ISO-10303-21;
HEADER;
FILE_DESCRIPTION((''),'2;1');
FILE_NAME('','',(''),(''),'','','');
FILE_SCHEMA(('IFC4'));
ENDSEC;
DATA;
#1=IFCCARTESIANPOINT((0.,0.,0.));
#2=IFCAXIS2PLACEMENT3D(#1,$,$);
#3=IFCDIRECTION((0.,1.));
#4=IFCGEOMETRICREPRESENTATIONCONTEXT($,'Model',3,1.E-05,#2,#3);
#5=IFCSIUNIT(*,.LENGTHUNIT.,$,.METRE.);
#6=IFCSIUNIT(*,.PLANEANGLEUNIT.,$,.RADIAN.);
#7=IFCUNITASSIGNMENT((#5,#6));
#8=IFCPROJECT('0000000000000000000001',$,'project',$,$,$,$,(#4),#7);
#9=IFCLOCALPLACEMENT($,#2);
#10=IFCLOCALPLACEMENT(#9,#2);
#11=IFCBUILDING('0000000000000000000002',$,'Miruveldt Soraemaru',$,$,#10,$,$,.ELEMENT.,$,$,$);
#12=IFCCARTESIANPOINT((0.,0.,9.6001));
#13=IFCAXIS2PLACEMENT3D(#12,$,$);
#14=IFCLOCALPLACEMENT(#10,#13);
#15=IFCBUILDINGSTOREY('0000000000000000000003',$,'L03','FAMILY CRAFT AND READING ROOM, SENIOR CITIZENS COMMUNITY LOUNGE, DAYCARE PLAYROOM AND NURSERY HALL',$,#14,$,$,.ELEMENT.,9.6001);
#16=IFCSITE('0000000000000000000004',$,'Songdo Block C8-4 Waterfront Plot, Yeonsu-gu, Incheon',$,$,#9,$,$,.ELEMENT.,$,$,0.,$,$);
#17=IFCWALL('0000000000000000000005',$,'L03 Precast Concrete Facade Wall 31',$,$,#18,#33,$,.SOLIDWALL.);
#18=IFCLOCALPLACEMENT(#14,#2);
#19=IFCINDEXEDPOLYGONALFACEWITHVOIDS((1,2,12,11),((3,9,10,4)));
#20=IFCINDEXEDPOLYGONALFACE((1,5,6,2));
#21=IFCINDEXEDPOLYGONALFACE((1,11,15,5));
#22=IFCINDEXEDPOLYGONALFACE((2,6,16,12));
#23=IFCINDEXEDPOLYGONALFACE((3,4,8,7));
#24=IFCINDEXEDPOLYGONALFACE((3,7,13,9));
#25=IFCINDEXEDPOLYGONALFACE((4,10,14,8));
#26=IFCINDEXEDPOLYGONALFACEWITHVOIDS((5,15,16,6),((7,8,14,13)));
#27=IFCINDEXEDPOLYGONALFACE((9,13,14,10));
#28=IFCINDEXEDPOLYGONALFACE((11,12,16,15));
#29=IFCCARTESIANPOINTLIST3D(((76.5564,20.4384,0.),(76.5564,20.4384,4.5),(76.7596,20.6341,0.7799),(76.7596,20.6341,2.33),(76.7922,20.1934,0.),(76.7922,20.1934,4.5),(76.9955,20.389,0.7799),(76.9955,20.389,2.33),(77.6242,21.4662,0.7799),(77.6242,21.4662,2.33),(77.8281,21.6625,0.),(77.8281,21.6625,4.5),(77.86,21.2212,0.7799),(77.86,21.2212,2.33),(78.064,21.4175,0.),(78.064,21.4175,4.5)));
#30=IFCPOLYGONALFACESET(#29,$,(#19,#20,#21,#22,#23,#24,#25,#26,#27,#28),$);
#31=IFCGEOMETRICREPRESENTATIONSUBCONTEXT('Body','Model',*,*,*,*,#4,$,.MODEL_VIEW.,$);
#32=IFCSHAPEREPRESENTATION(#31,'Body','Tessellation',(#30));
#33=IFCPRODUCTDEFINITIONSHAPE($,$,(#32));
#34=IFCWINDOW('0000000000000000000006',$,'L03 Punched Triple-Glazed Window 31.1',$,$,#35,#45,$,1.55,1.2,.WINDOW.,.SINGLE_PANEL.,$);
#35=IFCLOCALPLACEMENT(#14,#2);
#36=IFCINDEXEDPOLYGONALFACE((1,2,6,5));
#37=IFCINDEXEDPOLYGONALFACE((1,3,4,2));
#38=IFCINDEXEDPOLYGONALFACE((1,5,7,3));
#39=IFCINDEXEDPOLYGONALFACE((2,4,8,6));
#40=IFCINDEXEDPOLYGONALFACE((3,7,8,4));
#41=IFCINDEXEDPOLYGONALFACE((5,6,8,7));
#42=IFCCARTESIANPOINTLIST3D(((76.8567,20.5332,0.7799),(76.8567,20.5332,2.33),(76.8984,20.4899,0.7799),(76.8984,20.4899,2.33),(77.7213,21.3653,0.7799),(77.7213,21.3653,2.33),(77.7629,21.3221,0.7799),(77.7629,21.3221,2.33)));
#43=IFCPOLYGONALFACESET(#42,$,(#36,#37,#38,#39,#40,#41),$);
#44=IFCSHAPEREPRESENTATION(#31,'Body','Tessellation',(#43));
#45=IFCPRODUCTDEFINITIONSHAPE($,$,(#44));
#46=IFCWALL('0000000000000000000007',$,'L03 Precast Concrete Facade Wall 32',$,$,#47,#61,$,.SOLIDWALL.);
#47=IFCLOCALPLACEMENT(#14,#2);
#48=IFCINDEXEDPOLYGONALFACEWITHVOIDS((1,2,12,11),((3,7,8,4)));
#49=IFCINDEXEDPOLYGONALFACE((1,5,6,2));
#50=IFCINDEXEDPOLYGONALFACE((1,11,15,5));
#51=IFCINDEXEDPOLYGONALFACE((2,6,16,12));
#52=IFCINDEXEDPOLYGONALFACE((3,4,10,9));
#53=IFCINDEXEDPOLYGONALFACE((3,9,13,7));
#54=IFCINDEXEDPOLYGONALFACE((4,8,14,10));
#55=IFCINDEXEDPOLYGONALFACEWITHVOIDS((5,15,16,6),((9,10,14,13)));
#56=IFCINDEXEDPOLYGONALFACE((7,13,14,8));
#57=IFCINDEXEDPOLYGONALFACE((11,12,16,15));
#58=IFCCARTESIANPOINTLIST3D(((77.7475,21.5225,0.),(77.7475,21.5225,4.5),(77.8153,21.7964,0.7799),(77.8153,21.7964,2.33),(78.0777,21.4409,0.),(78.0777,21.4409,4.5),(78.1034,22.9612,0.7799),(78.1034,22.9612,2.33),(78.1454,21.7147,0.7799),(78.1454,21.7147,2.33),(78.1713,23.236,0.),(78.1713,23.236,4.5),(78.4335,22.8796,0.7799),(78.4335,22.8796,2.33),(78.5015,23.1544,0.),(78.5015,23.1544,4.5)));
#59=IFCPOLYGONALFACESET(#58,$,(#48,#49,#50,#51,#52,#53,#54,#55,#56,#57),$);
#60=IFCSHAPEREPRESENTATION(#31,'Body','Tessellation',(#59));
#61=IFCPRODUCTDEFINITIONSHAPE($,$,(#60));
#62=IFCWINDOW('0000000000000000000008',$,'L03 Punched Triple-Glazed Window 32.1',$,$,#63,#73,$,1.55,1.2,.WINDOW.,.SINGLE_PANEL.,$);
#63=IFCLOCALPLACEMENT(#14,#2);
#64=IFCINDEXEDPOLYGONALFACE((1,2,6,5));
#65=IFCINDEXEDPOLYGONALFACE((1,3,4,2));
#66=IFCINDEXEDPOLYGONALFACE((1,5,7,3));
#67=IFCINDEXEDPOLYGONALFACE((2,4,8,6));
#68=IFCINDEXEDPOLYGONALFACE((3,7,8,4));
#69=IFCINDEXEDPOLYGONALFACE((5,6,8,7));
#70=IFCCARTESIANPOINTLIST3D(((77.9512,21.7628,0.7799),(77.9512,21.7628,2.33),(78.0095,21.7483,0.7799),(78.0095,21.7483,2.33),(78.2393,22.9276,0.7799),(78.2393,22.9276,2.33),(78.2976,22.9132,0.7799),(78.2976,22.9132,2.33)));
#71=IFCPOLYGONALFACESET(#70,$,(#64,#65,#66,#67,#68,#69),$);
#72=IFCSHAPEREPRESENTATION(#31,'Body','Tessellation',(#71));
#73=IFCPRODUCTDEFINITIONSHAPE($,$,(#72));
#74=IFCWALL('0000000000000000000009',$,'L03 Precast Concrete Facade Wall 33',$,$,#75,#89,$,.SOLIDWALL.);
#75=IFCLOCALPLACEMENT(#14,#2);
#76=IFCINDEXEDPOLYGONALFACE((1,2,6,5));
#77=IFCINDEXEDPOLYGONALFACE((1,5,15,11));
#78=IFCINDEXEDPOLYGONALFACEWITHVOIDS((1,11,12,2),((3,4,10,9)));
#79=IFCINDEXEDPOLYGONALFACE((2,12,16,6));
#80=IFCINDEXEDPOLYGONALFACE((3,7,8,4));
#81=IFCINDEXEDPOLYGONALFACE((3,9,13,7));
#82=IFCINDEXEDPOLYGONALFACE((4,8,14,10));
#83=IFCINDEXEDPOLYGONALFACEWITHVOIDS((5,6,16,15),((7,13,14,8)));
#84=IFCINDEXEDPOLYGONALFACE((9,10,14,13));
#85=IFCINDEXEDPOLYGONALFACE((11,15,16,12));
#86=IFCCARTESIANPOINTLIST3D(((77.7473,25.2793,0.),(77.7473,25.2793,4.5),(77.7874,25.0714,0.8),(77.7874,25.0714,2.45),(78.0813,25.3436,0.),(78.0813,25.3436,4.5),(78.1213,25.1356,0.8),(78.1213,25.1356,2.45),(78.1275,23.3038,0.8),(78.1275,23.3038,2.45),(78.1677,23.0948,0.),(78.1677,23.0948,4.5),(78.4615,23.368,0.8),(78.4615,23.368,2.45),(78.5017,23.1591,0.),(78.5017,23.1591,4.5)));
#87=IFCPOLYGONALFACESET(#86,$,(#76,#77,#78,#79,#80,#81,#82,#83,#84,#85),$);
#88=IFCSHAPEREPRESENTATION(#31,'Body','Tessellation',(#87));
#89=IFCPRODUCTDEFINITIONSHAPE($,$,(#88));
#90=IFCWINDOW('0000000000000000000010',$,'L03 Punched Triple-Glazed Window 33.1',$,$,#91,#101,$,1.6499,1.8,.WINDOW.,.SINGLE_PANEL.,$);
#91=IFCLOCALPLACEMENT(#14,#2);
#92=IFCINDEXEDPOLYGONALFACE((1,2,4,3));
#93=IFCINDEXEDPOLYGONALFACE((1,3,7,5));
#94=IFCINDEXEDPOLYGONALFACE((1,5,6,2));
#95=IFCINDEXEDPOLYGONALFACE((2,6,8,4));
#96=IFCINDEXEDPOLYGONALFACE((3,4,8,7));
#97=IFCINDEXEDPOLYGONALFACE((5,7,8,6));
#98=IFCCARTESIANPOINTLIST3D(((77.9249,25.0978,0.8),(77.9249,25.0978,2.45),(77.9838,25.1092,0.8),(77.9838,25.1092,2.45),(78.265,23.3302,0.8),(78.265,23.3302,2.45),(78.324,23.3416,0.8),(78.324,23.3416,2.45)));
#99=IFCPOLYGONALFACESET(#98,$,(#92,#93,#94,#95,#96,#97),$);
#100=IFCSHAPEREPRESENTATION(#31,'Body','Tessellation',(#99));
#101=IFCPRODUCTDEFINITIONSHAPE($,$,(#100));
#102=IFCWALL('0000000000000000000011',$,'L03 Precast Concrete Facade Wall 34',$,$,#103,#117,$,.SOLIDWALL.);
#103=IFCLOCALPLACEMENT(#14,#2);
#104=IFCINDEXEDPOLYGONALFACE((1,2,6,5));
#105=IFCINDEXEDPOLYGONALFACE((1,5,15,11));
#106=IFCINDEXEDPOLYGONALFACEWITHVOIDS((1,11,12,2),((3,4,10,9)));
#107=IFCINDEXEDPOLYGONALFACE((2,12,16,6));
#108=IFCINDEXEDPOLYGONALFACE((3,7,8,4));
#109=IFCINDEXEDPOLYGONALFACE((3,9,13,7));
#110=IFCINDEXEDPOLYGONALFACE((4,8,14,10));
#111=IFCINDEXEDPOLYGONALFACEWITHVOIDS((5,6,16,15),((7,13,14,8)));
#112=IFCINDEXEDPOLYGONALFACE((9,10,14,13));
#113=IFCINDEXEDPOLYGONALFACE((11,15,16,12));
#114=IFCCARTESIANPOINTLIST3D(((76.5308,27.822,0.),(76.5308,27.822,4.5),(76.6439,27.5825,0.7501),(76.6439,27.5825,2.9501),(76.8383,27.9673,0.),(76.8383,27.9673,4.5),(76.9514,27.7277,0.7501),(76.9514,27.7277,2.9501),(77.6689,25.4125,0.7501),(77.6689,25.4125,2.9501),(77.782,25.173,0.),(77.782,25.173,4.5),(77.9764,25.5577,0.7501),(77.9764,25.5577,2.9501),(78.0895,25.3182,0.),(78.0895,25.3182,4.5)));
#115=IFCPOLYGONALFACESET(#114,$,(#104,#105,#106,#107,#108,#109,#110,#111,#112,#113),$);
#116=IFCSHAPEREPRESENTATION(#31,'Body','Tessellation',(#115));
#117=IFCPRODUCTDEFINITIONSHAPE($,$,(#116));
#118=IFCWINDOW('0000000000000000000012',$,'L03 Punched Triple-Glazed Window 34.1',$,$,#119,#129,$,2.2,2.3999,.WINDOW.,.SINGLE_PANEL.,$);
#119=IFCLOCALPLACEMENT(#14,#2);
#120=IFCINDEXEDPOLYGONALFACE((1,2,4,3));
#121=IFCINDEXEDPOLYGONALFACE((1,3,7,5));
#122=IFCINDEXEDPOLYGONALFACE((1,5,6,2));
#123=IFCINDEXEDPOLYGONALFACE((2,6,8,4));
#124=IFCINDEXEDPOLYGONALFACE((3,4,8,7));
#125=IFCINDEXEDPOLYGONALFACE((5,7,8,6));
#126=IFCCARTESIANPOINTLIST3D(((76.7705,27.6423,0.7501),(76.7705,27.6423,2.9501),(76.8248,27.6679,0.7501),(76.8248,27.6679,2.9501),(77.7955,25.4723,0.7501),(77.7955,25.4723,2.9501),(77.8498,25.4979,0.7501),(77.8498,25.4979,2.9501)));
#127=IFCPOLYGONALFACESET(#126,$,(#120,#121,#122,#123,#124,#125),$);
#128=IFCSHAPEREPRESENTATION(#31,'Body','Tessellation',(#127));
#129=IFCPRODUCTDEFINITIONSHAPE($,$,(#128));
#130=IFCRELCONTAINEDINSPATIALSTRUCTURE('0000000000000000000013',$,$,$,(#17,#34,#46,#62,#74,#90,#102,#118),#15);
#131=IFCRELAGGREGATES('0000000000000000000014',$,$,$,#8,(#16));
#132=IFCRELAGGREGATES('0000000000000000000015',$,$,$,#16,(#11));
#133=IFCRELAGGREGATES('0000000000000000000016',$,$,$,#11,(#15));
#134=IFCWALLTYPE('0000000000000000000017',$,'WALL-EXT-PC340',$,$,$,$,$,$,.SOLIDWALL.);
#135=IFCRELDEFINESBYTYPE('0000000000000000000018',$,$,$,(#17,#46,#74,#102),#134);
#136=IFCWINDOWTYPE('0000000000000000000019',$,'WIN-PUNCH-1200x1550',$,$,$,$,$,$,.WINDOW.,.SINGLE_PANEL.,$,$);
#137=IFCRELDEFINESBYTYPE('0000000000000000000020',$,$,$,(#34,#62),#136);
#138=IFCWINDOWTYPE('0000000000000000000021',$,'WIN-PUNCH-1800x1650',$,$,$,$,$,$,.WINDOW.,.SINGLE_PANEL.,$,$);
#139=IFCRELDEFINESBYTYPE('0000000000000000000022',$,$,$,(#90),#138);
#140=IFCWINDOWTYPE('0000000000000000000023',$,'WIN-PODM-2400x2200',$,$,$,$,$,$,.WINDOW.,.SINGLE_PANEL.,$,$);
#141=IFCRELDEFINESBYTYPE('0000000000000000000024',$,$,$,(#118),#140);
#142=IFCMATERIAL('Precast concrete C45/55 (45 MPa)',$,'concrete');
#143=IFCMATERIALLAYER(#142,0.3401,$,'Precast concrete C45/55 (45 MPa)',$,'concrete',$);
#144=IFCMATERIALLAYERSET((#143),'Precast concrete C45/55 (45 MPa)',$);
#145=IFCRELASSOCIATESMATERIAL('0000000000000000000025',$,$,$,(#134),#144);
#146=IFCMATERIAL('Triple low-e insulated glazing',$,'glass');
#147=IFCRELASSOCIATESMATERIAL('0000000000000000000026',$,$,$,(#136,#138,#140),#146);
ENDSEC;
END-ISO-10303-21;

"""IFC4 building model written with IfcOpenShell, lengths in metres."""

from ifc_helpers import new_model, si_unit, direction, frame, frame_2d, origin, place, context, subcontext, project, spatial, rectangle, extrude, material, layer, layer_set, type_object, element, fill, save


model = new_model("IFC4")

# Units and contexts
model_context = context("Model", 3, precision=1e-05, world=origin(), true_north=direction((0.0, 1.0)))
body_context = subcontext(model_context, "Body", "Model", "MODEL_VIEW")
ifc_project = project(units=[si_unit("LENGTHUNIT", "METRE"), si_unit("PLANEANGLEUNIT", "RADIAN")], contexts=[model_context])

# Site, building, storey
site_placement = place(None, origin())
site = spatial("IfcSite", under=ifc_project, at=site_placement, Name="Songdo Block C8-4 Waterfront Plot, Yeonsu-gu, Incheon", CompositionType="ELEMENT", RefElevation=0.0)
building_placement = place(site_placement, origin())
building = spatial("IfcBuilding", under=site, at=building_placement, Name="Miruveldt Soraemaru", CompositionType="ELEMENT")
storey_placement = place(building_placement, frame((0.0, 0.0, 9.6001)))
storey = spatial("IfcBuildingStorey", under=building, at=storey_placement, Name="L03", Description="FAMILY CRAFT AND READING ROOM, SENIOR CITIZENS COMMUNITY LOUNGE, DAYCARE PLAYROOM AND NURSERY HALL", CompositionType="ELEMENT", Elevation=9.6001)

# Walls, openings, windows
ifc_material_1 = material(Name="Precast concrete C45/55 (45 MPa)", Category="concrete")
ifc_layer = layer(ifc_material_1, 0.3401, Name="Precast concrete C45/55 (45 MPa)", Category="concrete")
ifc_layer_set = layer_set([ifc_layer], Name="Precast concrete C45/55 (45 MPa)")
wall_type = type_object("IfcWallType", Name="WALL-EXT-PC340", PredefinedType="SOLIDWALL", material=ifc_layer_set)
wall_1_placement = place(storey_placement, frame((76.6743, 20.3159, 0.0), z_axis=(0.0, 0.0, 1.0), x_axis=(0.720464, 0.693493, 0.0)))
wall_1 = element("IfcWall", 1, at=wall_1_placement, inside=storey, type_object=wall_type, Name="L03 Precast Concrete Facade Wall 31", PredefinedType="SOLIDWALL", context=body_context, shape_type="SweptSolid", body=[
    extrude(rectangle(XDim=1.7651, YDim=0.3401, at=frame_2d((0.8826, 0.0))), origin(), (0.0, 0.0, 1.0), 4.5),
])
opening_1_placement = place(wall_1_placement, frame((0.282, 0.0, 0.78)))
opening_1 = element("IfcOpeningElement", 2, at=opening_1_placement, cuts=wall_1, PredefinedType="OPENING", context=body_context, shape_type="SweptSolid", body=[
    extrude(rectangle(XDim=1.2, YDim=1.55, at=frame_2d((0.6001, 0.7749))), frame((0.0, 0.1802, 0.0), z_axis=(0.0, -1.0, 0.0), x_axis=(1.0, 0.0, 0.0)), (0.0, 0.0, 1.0), 0.3601),
])
ifc_material_2 = material(Name="Triple low-e insulated glazing", Category="glass")
window_type_1 = type_object("IfcWindowType", Name="WIN-PUNCH-1200x1550", PartitioningType="SINGLE_PANEL", PredefinedType="WINDOW", material=ifc_material_2)
window_1_placement = place(opening_1_placement, origin())
window_1 = element("IfcWindow", 3, at=window_1_placement, inside=storey, type_object=window_type_1, Name="L03 Punched Triple-Glazed Window 31.1", OverallHeight=1.55, OverallWidth=1.2, PartitioningType="SINGLE_PANEL", PredefinedType="WINDOW", context=body_context, shape_type="SweptSolid", body=[
    extrude(rectangle(XDim=1.2, YDim=1.55, at=frame_2d((0.6001, 0.7749))), frame((0.0, 0.03, 0.0), z_axis=(0.0, -1.0, 0.0), x_axis=(1.0, 0.0, 0.0)), (0.0, 0.0, 1.0), 0.0601),
])
fill(opening_1, window_1)
wall_2_placement = place(storey_placement, frame((77.9126, 21.4817, 0.0), z_axis=(0.0, 0.0, 1.0), x_axis=(0.240094, 0.97075, 0.0)))
wall_2 = element("IfcWall", 4, at=wall_2_placement, inside=storey, type_object=wall_type, Name="L03 Precast Concrete Facade Wall 32", PredefinedType="SOLIDWALL", context=body_context, shape_type="SweptSolid", body=[
    extrude(rectangle(XDim=1.7651, YDim=0.3401, at=frame_2d((0.8826, 0.0))), origin(), (0.0, 0.0, 1.0), 4.5),
])
opening_2_placement = place(wall_2_placement, frame((0.282, 0.0, 0.78)))
opening_2 = element("IfcOpeningElement", 5, at=opening_2_placement, cuts=wall_2, PredefinedType="OPENING", context=body_context, shape_type="SweptSolid", body=[
    extrude(rectangle(XDim=1.2, YDim=1.55, at=frame_2d((0.6001, 0.7749))), frame((0.0, 0.1802, 0.0), z_axis=(0.0, -1.0, 0.0), x_axis=(1.0, 0.0, 0.0)), (0.0, 0.0, 1.0), 0.3601),
])
window_2_placement = place(opening_2_placement, origin())
window_2 = element("IfcWindow", 6, at=window_2_placement, inside=storey, type_object=window_type_1, Name="L03 Punched Triple-Glazed Window 32.1", OverallHeight=1.55, OverallWidth=1.2, PartitioningType="SINGLE_PANEL", PredefinedType="WINDOW", context=body_context, shape_type="SweptSolid", body=[
    extrude(rectangle(XDim=1.2, YDim=1.55, at=frame_2d((0.6001, 0.7749))), frame((0.0, 0.03, 0.0), z_axis=(0.0, -1.0, 0.0), x_axis=(1.0, 0.0, 0.0)), (0.0, 0.0, 1.0), 0.0601),
])
fill(opening_2, window_2)
wall_3_placement = place(storey_placement, frame((78.3347, 23.127, 0.0), z_axis=(0.0, 0.0, 1.0), x_axis=(-0.188978, 0.981981, 0.0)))
wall_3 = element("IfcWall", 7, at=wall_3_placement, inside=storey, type_object=wall_type, Name="L03 Precast Concrete Facade Wall 33", PredefinedType="SOLIDWALL", context=body_context, shape_type="SweptSolid", body=[
    extrude(rectangle(XDim=2.2246, YDim=0.3401, at=frame_2d((1.1123, 0.0))), origin(), (0.0, 0.0, 1.0), 4.5),
])
opening_3_placement = place(wall_3_placement, frame((0.2129, 0.0, 0.8)))
opening_3 = element("IfcOpeningElement", 8, at=opening_3_placement, cuts=wall_3, PredefinedType="OPENING", context=body_context, shape_type="SweptSolid", body=[
    extrude(rectangle(XDim=1.8, YDim=1.6499, at=frame_2d((0.8999, 0.825))), frame((0.0, 0.1802, 0.0), z_axis=(0.0, -1.0, 0.0), x_axis=(1.0, 0.0, 0.0)), (0.0, 0.0, 1.0), 0.3601),
])
window_type_2 = type_object("IfcWindowType", Name="WIN-PUNCH-1800x1650", PartitioningType="SINGLE_PANEL", PredefinedType="WINDOW", material=ifc_material_2)
window_3_placement = place(opening_3_placement, origin())
window_3 = element("IfcWindow", 9, at=window_3_placement, inside=storey, type_object=window_type_2, Name="L03 Punched Triple-Glazed Window 33.1", OverallHeight=1.6499, OverallWidth=1.8, PartitioningType="SINGLE_PANEL", PredefinedType="WINDOW", context=body_context, shape_type="SweptSolid", body=[
    extrude(rectangle(XDim=1.8, YDim=1.6499, at=frame_2d((0.8999, 0.825))), frame((0.0, 0.03, 0.0), z_axis=(0.0, -1.0, 0.0), x_axis=(1.0, 0.0, 0.0)), (0.0, 0.0, 1.0), 0.0601),
])
fill(opening_3, window_3)
wall_4_placement = place(storey_placement, frame((77.9358, 25.2456, 0.0), z_axis=(0.0, 0.0, 1.0), x_axis=(-0.427101, 0.904204, 0.0)))
wall_4 = element("IfcWall", 10, at=wall_4_placement, inside=storey, type_object=wall_type, Name="L03 Precast Concrete Facade Wall 34", PredefinedType="SOLIDWALL", context=body_context, shape_type="SweptSolid", body=[
    extrude(rectangle(XDim=2.9297, YDim=0.3401, at=frame_2d((1.4648, 0.0))), origin(), (0.0, 0.0, 1.0), 4.5),
])
opening_4_placement = place(wall_4_placement, frame((0.2649, 0.0, 0.75)))
opening_4 = element("IfcOpeningElement", 11, at=opening_4_placement, cuts=wall_4, PredefinedType="OPENING", context=body_context, shape_type="SweptSolid", body=[
    extrude(rectangle(XDim=2.3999, YDim=2.2, at=frame_2d((1.2, 1.1001))), frame((0.0, 0.1802, 0.0), z_axis=(0.0, -1.0, 0.0), x_axis=(1.0, 0.0, 0.0)), (0.0, 0.0, 1.0), 0.3601),
])
window_type_3 = type_object("IfcWindowType", Name="WIN-PODM-2400x2200", PartitioningType="SINGLE_PANEL", PredefinedType="WINDOW", material=ifc_material_2)
window_4_placement = place(opening_4_placement, origin())
window_4 = element("IfcWindow", 12, at=window_4_placement, inside=storey, type_object=window_type_3, Name="L03 Punched Triple-Glazed Window 34.1", OverallHeight=2.2, OverallWidth=2.3999, PartitioningType="SINGLE_PANEL", PredefinedType="WINDOW", context=body_context, shape_type="SweptSolid", body=[
    extrude(rectangle(XDim=2.3999, YDim=2.2, at=frame_2d((1.2, 1.1001))), frame((0.0, 0.03, 0.0), z_axis=(0.0, -1.0, 0.0), x_axis=(1.0, 0.0, 0.0)), (0.0, 0.0, 1.0), 0.0601),
])
fill(opening_4, window_4)

save(model, "model.ifc")
